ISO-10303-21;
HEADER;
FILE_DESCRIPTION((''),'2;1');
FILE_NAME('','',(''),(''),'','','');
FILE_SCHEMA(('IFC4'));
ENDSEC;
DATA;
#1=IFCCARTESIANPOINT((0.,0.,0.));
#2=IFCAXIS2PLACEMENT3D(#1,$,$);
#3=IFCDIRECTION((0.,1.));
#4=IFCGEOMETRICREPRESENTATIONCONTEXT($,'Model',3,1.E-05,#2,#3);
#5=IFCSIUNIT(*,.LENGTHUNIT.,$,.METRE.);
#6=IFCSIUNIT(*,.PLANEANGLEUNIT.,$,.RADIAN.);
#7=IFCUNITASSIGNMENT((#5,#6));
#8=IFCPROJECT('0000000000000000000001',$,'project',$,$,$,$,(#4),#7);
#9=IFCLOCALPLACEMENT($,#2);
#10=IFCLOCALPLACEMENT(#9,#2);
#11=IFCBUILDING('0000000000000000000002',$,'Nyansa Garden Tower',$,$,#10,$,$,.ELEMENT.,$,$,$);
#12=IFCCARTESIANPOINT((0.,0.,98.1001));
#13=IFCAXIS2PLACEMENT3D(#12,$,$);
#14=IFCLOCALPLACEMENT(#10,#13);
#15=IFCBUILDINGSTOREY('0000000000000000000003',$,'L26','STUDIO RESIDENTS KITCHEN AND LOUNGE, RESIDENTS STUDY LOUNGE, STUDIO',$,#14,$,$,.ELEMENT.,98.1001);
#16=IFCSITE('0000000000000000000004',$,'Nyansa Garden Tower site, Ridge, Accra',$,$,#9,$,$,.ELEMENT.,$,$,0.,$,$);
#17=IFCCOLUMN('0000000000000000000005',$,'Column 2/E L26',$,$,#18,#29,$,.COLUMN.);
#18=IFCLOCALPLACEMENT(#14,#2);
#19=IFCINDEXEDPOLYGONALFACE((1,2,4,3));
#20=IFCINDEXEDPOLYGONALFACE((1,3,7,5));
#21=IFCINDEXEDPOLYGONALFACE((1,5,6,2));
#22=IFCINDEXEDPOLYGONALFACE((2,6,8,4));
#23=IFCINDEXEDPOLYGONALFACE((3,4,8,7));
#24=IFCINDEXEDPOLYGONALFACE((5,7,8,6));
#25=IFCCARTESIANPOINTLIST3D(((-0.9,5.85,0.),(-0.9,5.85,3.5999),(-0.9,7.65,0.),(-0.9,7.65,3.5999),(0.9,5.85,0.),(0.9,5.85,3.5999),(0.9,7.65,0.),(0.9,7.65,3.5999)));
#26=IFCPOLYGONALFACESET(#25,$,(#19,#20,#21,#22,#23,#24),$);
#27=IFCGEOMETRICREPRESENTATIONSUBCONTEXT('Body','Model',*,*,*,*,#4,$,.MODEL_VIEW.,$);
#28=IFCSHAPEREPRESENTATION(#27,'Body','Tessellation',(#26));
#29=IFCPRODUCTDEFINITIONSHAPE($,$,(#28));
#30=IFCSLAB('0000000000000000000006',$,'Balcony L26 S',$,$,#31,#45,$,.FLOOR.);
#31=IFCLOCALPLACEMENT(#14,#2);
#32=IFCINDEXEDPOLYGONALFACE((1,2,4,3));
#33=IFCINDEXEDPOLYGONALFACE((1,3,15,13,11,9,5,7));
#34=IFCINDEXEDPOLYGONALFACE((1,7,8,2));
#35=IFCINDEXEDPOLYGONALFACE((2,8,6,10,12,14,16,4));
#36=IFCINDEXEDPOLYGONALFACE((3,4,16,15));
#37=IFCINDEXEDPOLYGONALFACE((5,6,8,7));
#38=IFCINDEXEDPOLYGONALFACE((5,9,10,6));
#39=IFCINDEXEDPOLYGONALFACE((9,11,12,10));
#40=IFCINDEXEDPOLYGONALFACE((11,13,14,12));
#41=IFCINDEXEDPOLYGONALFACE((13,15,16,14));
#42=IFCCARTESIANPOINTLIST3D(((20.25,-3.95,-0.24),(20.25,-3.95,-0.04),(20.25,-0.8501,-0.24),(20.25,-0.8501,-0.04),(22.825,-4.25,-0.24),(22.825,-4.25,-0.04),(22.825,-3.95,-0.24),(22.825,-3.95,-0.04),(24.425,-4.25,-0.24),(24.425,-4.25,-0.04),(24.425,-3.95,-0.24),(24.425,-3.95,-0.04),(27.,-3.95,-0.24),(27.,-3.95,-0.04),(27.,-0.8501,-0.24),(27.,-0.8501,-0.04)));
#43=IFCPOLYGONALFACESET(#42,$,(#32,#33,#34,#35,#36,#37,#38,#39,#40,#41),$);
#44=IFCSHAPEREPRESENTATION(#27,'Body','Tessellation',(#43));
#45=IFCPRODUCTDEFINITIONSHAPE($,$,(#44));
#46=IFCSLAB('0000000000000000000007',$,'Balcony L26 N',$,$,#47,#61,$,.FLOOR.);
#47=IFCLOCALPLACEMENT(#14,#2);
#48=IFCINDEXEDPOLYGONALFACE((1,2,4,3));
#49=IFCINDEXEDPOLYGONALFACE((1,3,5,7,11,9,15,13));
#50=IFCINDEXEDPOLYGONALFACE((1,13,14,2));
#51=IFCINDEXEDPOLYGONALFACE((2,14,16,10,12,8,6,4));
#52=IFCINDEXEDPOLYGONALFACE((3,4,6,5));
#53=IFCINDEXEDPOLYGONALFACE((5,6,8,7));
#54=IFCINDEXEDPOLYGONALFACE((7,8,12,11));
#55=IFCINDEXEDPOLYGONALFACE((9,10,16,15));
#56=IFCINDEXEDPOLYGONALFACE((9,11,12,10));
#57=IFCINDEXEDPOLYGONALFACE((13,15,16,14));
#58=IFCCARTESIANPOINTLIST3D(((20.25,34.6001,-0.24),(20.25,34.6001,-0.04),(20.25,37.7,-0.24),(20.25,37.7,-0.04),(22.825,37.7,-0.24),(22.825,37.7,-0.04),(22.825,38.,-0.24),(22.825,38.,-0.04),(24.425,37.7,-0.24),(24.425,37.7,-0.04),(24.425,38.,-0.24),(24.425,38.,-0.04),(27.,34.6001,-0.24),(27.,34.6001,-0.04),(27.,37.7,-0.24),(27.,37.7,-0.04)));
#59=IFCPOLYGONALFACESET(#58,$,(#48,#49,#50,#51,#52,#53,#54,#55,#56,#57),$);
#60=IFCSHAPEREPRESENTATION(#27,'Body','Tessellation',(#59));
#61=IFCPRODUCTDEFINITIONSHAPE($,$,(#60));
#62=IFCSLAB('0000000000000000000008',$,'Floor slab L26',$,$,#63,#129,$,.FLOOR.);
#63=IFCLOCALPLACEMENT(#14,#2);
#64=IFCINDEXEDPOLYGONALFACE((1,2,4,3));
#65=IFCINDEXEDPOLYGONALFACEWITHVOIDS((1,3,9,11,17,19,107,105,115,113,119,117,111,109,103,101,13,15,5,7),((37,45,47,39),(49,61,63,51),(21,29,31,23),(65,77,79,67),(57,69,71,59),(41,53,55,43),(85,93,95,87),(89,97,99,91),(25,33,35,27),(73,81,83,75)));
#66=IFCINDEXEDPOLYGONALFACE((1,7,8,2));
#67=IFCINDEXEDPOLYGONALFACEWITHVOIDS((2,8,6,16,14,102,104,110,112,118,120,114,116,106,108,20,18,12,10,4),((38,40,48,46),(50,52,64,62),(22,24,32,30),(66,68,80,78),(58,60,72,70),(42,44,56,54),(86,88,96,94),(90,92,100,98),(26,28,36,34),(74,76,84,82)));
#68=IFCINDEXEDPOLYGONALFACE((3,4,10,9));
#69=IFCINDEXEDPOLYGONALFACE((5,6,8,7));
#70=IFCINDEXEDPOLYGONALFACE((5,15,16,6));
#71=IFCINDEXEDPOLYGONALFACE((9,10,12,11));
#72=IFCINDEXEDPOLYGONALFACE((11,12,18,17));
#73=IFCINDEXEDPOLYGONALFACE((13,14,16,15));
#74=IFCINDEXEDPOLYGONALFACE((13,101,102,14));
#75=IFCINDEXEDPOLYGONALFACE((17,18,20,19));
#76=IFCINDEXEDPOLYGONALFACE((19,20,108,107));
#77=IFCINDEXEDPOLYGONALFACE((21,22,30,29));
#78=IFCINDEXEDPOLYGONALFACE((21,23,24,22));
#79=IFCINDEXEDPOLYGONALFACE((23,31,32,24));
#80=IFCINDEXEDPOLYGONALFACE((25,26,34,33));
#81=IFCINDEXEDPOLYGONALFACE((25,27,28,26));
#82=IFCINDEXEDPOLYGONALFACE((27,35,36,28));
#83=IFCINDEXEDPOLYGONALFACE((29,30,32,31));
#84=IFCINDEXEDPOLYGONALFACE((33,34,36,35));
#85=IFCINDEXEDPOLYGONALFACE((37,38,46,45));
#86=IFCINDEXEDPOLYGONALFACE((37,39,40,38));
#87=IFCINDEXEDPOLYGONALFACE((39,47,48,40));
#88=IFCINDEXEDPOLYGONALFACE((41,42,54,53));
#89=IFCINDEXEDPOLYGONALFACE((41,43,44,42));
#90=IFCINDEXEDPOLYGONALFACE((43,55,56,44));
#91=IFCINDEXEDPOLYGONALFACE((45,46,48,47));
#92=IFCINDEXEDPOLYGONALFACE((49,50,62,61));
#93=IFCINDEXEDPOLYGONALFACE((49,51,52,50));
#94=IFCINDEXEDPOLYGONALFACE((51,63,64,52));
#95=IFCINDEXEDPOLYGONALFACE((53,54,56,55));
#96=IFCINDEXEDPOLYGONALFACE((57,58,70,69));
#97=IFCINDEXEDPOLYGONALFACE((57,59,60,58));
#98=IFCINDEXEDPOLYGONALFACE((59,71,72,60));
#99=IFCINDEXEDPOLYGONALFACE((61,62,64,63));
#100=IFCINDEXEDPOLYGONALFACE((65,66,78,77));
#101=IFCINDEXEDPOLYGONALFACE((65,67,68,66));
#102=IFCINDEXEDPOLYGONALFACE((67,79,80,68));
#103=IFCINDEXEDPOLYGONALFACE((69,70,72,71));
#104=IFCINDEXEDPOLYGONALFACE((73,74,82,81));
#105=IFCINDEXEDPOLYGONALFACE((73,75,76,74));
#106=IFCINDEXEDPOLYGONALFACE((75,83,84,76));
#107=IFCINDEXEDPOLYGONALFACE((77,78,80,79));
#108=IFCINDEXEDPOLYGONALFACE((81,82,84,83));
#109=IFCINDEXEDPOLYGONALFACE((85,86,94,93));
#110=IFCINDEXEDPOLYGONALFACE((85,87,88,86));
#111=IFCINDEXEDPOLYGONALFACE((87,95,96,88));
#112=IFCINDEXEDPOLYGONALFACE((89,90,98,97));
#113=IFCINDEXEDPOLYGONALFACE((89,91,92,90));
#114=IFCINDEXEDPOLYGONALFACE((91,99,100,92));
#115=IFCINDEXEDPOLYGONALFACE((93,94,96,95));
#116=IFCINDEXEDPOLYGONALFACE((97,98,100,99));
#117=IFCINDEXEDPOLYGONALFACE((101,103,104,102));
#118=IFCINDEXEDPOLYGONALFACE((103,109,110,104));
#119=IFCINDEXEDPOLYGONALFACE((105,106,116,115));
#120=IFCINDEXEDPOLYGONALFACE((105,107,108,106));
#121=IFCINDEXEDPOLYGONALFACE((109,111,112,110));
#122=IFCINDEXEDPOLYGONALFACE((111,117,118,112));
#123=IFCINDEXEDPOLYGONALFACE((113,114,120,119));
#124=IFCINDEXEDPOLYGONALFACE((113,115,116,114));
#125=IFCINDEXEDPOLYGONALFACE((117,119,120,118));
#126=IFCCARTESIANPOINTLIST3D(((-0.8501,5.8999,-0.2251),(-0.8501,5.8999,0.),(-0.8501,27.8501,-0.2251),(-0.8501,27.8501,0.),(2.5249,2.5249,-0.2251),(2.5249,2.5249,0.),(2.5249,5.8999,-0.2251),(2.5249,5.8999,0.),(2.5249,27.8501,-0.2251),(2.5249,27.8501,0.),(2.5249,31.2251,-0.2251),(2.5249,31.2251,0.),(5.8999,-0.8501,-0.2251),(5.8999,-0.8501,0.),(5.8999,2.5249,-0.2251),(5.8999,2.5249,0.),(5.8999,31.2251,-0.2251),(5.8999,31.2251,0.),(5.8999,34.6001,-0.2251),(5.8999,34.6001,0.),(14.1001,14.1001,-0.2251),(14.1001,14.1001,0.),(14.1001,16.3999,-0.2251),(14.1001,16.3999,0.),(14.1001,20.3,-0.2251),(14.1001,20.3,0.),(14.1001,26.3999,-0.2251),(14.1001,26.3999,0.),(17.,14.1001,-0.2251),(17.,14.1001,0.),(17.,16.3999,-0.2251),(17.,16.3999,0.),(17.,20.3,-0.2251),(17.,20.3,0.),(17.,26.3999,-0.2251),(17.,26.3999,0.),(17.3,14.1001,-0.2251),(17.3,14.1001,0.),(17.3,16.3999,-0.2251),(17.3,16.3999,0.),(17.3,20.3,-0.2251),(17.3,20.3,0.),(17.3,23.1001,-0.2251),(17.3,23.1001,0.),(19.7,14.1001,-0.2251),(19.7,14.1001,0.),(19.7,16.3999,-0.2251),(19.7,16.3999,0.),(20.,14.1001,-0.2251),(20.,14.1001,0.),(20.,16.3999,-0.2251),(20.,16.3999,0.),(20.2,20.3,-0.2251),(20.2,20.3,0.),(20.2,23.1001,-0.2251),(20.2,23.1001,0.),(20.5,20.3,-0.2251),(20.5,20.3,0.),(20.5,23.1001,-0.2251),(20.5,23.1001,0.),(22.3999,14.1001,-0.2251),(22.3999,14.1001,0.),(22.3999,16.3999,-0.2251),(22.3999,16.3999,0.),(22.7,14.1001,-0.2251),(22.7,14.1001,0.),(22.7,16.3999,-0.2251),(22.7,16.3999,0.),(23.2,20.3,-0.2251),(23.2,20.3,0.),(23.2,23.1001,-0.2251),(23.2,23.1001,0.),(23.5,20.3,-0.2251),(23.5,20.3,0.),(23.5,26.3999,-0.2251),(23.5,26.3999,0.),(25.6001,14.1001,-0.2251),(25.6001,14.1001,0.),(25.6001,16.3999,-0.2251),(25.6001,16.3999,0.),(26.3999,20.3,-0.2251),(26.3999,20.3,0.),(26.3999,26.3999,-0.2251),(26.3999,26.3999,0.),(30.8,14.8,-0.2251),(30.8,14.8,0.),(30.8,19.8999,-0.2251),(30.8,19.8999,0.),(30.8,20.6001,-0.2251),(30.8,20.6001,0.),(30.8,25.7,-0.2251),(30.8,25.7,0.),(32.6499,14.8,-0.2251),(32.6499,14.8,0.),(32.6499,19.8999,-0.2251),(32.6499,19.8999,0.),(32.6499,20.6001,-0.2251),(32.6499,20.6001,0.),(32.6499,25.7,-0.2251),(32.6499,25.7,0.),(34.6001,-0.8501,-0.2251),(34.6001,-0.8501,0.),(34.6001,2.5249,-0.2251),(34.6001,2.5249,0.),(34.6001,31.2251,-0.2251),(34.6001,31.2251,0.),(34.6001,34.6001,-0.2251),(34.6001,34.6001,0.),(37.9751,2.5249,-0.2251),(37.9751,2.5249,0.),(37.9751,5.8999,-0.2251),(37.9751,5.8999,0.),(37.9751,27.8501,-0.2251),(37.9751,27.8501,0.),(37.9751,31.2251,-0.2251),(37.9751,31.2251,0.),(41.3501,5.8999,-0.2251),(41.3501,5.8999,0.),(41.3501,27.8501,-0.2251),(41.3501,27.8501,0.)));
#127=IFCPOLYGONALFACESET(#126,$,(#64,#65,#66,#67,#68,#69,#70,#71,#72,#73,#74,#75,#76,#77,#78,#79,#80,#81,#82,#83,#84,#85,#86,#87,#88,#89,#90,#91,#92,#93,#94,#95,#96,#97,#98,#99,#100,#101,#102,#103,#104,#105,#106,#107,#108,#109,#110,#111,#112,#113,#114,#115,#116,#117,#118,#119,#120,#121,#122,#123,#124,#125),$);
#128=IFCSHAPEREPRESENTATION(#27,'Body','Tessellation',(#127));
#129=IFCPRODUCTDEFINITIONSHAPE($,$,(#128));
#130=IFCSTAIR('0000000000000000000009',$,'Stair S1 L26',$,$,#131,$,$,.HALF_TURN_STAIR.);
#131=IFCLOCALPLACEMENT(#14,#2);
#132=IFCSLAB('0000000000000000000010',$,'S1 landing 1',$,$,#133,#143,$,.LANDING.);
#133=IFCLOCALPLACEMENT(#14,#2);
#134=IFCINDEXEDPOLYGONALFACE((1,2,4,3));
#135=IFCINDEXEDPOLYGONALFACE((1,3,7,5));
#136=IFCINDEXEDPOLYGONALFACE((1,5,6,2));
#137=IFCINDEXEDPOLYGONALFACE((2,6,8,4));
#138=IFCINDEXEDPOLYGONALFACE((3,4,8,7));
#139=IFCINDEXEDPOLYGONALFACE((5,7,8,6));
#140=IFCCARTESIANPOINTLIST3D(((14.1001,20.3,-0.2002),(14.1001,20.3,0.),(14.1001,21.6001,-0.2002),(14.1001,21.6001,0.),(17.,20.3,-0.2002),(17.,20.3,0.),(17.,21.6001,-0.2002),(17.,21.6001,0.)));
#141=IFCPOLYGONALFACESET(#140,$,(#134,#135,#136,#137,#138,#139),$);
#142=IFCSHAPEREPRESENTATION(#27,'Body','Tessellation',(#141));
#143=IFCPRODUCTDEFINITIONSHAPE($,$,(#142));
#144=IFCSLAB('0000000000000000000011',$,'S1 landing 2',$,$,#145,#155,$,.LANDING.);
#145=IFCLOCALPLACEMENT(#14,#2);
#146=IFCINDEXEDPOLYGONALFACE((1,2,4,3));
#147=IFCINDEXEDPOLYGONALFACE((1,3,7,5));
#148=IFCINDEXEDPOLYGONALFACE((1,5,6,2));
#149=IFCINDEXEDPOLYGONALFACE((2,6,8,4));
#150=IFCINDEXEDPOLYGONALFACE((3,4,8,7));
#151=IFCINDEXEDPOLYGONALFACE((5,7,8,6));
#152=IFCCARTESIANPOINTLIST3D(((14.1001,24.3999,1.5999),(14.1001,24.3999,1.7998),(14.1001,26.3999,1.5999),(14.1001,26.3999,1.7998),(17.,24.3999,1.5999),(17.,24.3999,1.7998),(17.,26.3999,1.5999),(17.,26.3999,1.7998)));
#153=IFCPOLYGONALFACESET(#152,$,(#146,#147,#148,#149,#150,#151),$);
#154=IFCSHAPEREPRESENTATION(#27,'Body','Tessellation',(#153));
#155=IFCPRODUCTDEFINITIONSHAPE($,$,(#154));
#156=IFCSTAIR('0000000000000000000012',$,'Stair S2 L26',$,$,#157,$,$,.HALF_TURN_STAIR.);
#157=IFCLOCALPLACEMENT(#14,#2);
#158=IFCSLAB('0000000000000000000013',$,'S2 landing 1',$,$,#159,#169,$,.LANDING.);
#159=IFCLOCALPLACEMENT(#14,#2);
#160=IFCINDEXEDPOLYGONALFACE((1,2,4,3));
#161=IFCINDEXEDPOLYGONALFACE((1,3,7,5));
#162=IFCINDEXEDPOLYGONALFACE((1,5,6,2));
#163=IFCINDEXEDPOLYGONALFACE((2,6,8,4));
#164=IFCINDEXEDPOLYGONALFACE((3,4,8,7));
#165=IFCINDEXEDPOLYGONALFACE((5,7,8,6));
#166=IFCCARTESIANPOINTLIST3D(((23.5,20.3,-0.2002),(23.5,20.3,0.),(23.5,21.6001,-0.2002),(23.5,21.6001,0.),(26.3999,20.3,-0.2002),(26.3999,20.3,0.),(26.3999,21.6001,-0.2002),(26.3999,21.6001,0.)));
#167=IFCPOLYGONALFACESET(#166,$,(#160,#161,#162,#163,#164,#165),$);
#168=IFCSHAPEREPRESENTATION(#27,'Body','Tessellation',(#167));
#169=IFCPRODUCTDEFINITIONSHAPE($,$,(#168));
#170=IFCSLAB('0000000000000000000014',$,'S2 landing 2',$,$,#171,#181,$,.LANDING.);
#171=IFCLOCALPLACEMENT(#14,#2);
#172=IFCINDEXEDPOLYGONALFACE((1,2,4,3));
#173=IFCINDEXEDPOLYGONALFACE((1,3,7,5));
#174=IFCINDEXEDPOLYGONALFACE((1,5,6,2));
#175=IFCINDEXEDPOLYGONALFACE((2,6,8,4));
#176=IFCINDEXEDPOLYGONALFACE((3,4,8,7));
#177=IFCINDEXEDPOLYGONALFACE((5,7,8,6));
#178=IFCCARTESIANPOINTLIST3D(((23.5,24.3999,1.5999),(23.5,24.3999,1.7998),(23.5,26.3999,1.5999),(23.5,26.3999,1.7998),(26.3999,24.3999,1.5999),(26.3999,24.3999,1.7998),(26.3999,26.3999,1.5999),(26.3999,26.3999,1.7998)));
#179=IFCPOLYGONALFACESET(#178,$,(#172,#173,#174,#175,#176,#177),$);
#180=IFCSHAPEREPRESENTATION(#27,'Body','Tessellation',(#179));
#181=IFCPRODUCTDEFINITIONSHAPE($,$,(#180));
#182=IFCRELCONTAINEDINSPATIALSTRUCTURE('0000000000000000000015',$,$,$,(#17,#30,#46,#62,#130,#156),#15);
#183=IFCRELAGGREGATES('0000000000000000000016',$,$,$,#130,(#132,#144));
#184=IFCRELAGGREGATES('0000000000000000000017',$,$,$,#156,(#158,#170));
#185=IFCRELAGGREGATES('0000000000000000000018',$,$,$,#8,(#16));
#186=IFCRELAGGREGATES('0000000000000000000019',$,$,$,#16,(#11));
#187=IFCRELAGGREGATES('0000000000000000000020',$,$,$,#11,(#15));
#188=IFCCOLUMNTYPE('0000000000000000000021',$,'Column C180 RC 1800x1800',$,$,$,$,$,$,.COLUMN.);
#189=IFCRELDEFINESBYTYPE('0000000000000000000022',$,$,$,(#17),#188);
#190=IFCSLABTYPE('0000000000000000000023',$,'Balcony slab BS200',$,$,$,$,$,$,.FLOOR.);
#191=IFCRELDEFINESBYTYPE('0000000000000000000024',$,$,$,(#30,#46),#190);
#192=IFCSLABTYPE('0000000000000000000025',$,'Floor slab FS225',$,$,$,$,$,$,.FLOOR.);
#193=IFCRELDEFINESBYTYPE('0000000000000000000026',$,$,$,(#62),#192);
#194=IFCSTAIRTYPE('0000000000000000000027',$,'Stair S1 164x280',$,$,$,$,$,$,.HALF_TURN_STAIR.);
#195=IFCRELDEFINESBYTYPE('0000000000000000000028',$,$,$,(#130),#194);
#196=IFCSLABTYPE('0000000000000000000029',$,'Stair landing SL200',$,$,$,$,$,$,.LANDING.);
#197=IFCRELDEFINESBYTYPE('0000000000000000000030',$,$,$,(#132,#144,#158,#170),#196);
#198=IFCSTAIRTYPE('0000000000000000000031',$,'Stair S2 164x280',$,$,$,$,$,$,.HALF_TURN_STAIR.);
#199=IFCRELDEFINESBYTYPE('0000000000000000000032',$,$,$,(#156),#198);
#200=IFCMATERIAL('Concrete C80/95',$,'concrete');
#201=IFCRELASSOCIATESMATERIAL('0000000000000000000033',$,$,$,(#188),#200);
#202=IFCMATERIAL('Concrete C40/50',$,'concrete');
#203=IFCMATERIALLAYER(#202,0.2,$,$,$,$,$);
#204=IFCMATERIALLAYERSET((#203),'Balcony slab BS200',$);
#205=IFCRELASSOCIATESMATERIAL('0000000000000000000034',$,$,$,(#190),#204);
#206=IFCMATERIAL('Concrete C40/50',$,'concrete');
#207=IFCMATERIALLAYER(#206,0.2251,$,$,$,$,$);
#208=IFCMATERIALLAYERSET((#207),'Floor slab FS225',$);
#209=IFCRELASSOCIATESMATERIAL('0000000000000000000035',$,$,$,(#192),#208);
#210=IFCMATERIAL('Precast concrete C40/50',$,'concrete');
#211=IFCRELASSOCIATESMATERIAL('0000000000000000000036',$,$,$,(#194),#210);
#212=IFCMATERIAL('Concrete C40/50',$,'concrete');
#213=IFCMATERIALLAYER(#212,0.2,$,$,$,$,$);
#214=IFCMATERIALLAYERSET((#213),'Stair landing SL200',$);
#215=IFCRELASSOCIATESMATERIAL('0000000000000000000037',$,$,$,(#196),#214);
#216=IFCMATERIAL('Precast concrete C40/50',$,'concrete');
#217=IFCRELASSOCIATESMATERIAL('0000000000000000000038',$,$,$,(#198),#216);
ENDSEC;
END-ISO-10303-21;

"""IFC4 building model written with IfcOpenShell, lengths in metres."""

from ifc_helpers import new_model, si_unit, direction, frame, origin, origin_2d, place, context, subcontext, project, spatial, polyline, rectangle, outline, extrude, material, layer, layer_set, material_profile, profile_set, type_object, element, aggregate, save


model = new_model("IFC4")

# Units and contexts
model_context = context("Model", 3, precision=1e-05, world=origin(), true_north=direction((0.0, 1.0)))
body_context = subcontext(model_context, "Body", "Model", "MODEL_VIEW")
ifc_project = project(units=[si_unit("LENGTHUNIT", "METRE"), si_unit("PLANEANGLEUNIT", "RADIAN")], contexts=[model_context])

# Site, building, storey
site_placement = place(None, origin())
site = spatial("IfcSite", under=ifc_project, at=site_placement, Name="Nyansa Garden Tower site, Ridge, Accra", CompositionType="ELEMENT", RefElevation=0.0)
building_placement = place(site_placement, origin())
building = spatial("IfcBuilding", under=site, at=building_placement, Name="Nyansa Garden Tower", CompositionType="ELEMENT")
storey_placement = place(building_placement, frame((0.0, 0.0, 98.1001)))
storey = spatial("IfcBuildingStorey", under=building, at=storey_placement, Name="L26", Description="STUDIO RESIDENTS KITCHEN AND LOUNGE, RESIDENTS STUDY LOUNGE, STUDIO", CompositionType="ELEMENT", Elevation=98.1001)

# Column
ifc_material_1 = material(Name="Concrete C80/95", Category="concrete")
ifc_material_profile = material_profile(ifc_material_1, rectangle(XDim=1.8, YDim=1.8, at=origin_2d()), Name="RC 1800x1800")
ifc_profile_set = profile_set([ifc_material_profile], Name="Concrete C80/95")
column_type = type_object("IfcColumnType", Name="Column C180 RC 1800x1800", PredefinedType="COLUMN", material=ifc_profile_set)
column_placement = place(storey_placement, frame((0.0, 6.75, 0.0), z_axis=(0.0, 0.0, 1.0), x_axis=(1.0, 0.0, 0.0)))
element("IfcColumn", 1, at=column_placement, inside=storey, type_object=column_type, Name="Column 2/E L26", PredefinedType="COLUMN", context=body_context, shape_type="SweptSolid", body=[
    extrude(rectangle(XDim=1.8, YDim=1.8, at=origin_2d()), origin(), (0.0, 0.0, 1.0), 3.5999),
])

# Slabs
ifc_material_2 = material(Name="Concrete C40/50", Category="concrete")
ifc_layer_1 = layer(ifc_material_2, 0.2)
ifc_layer_set_1 = layer_set([ifc_layer_1], Name="Balcony slab BS200")
slab_type_1 = type_object("IfcSlabType", Name="Balcony slab BS200", PredefinedType="FLOOR", material=ifc_layer_set_1)
slab_1_placement = place(storey_placement, frame((0.0, 0.0, -0.24)))
element("IfcSlab", 2, at=slab_1_placement, inside=storey, type_object=slab_type_1, Name="Balcony L26 S", PredefinedType="FLOOR", context=body_context, shape_type="SweptSolid", body=[
    extrude(outline(polyline([(20.25, -0.8501), (27.0, -0.8501), (27.0, -3.95), (24.425, -3.95), (24.425, -4.25), (22.825, -4.25), (22.825, -3.95), (20.25, -3.95), (20.25, -0.8501)])), origin(), (0.0, 0.0, 1.0), 0.2),
])
slab_2_placement = place(storey_placement, frame((0.0, 0.0, -0.24)))
element("IfcSlab", 3, at=slab_2_placement, inside=storey, type_object=slab_type_1, Name="Balcony L26 N", PredefinedType="FLOOR", context=body_context, shape_type="SweptSolid", body=[
    extrude(outline(polyline([(20.25, 34.6001), (27.0, 34.6001), (27.0, 37.7), (24.425, 37.7), (24.425, 38.0), (22.825, 38.0), (22.825, 37.7), (20.25, 37.7), (20.25, 34.6001)])), origin(), (0.0, 0.0, 1.0), 0.2),
])
ifc_material_3 = material(Name="Concrete C40/50", Category="concrete")
ifc_layer_2 = layer(ifc_material_3, 0.2251)
ifc_layer_set_2 = layer_set([ifc_layer_2], Name="Floor slab FS225")
slab_type_2 = type_object("IfcSlabType", Name="Floor slab FS225", PredefinedType="FLOOR", material=ifc_layer_set_2)
slab_3_placement = place(storey_placement, frame((0.0, 0.0, -0.2251)))
element("IfcSlab", 4, at=slab_3_placement, inside=storey, type_object=slab_type_2, Name="Floor slab L26", PredefinedType="FLOOR", context=body_context, shape_type="SweptSolid", body=[
    extrude(outline(polyline([(41.3501, 5.8999), (37.9751, 5.8999), (37.9751, 2.5249), (34.6001, 2.5249), (34.6001, -0.8501), (5.8999, -0.8501), (5.8999, 2.5249), (2.5249, 2.5249), (2.5249, 5.8999), (-0.8501, 5.8999), (-0.8501, 27.8501), (2.5249, 27.8501), (2.5249, 31.2251), (5.8999, 31.2251), (5.8999, 34.6001), (34.6001, 34.6001), (34.6001, 31.2251), (37.9751, 31.2251), (37.9751, 27.8501), (41.3501, 27.8501), (41.3501, 5.8999)]), holes=[polyline([(14.1001, 14.1001), (17.0, 14.1001), (17.0, 16.3999), (14.1001, 16.3999), (14.1001, 14.1001)]), polyline([(17.3, 14.1001), (19.7, 14.1001), (19.7, 16.3999), (17.3, 16.3999), (17.3, 14.1001)]), polyline([(20.0, 14.1001), (22.3999, 14.1001), (22.3999, 16.3999), (20.0, 16.3999), (20.0, 14.1001)]), polyline([(22.7, 14.1001), (25.6001, 14.1001), (25.6001, 16.3999), (22.7, 16.3999), (22.7, 14.1001)]), polyline([(17.3, 20.3), (20.2, 20.3), (20.2, 23.1001), (17.3, 23.1001), (17.3, 20.3)]), polyline([(20.5, 20.3), (23.2, 20.3), (23.2, 23.1001), (20.5, 23.1001), (20.5, 20.3)]), polyline([(30.8, 14.8), (32.6499, 14.8), (32.6499, 19.8999), (30.8, 19.8999), (30.8, 14.8)]), polyline([(30.8, 20.6001), (32.6499, 20.6001), (32.6499, 25.7), (30.8, 25.7), (30.8, 20.6001)]), polyline([(14.1001, 20.3), (17.0, 20.3), (17.0, 26.3999), (14.1001, 26.3999), (14.1001, 20.3)]), polyline([(23.5, 20.3), (26.3999, 20.3), (26.3999, 26.3999), (23.5, 26.3999), (23.5, 20.3)])]), origin(), (0.0, 0.0, 1.0), 0.2251),
])

# Stairs, slabs
ifc_material_4 = material(Name="Precast concrete C40/50", Category="concrete")
stair_type_1 = type_object("IfcStairType", Name="Stair S1 164x280", PredefinedType="HALF_TURN_STAIR", material=ifc_material_4)
stair_1_placement = place(storey_placement, origin())
stair_1 = element("IfcStair", 5, at=stair_1_placement, inside=storey, type_object=stair_type_1, Name="Stair S1 L26", PredefinedType="HALF_TURN_STAIR")
ifc_material_5 = material(Name="Concrete C40/50", Category="concrete")
ifc_layer_3 = layer(ifc_material_5, 0.2)
ifc_layer_set_3 = layer_set([ifc_layer_3], Name="Stair landing SL200")
slab_type_3 = type_object("IfcSlabType", Name="Stair landing SL200", PredefinedType="LANDING", material=ifc_layer_set_3)
slab_4_placement = place(storey_placement, frame((0.0, 0.0, -0.2002)))
slab_4 = element("IfcSlab", 6, at=slab_4_placement, type_object=slab_type_3, Name="S1 landing 1", PredefinedType="LANDING", context=body_context, shape_type="SweptSolid", body=[
    extrude(outline(polyline([(14.1001, 20.3), (17.0, 20.3), (17.0, 21.6001), (14.1001, 21.6001), (14.1001, 20.3)])), origin(), (0.0, 0.0, 1.0), 0.2002),
])
slab_5_placement = place(storey_placement, frame((0.0, 0.0, 1.5999)))
slab_5 = element("IfcSlab", 7, at=slab_5_placement, type_object=slab_type_3, Name="S1 landing 2", PredefinedType="LANDING", context=body_context, shape_type="SweptSolid", body=[
    extrude(outline(polyline([(14.1001, 24.3999), (17.0, 24.3999), (17.0, 26.3999), (14.1001, 26.3999), (14.1001, 24.3999)])), origin(), (0.0, 0.0, 1.0), 0.2),
])
aggregate(stair_1, [slab_4, slab_5])
ifc_material_6 = material(Name="Precast concrete C40/50", Category="concrete")
stair_type_2 = type_object("IfcStairType", Name="Stair S2 164x280", PredefinedType="HALF_TURN_STAIR", material=ifc_material_6)
stair_2_placement = place(storey_placement, origin())
stair_2 = element("IfcStair", 8, at=stair_2_placement, inside=storey, type_object=stair_type_2, Name="Stair S2 L26", PredefinedType="HALF_TURN_STAIR")
slab_6_placement = place(storey_placement, frame((0.0, 0.0, -0.2002)))
slab_6 = element("IfcSlab", 9, at=slab_6_placement, type_object=slab_type_3, Name="S2 landing 1", PredefinedType="LANDING", context=body_context, shape_type="SweptSolid", body=[
    extrude(outline(polyline([(23.5, 20.3), (26.3999, 20.3), (26.3999, 21.6001), (23.5, 21.6001), (23.5, 20.3)])), origin(), (0.0, 0.0, 1.0), 0.2002),
])
slab_7_placement = place(storey_placement, frame((0.0, 0.0, 1.5999)))
slab_7 = element("IfcSlab", 10, at=slab_7_placement, type_object=slab_type_3, Name="S2 landing 2", PredefinedType="LANDING", context=body_context, shape_type="SweptSolid", body=[
    extrude(outline(polyline([(23.5, 24.3999), (26.3999, 24.3999), (26.3999, 26.3999), (23.5, 26.3999), (23.5, 24.3999)])), origin(), (0.0, 0.0, 1.0), 0.2),
])
aggregate(stair_2, [slab_6, slab_7])

save(model, "model.ifc")
